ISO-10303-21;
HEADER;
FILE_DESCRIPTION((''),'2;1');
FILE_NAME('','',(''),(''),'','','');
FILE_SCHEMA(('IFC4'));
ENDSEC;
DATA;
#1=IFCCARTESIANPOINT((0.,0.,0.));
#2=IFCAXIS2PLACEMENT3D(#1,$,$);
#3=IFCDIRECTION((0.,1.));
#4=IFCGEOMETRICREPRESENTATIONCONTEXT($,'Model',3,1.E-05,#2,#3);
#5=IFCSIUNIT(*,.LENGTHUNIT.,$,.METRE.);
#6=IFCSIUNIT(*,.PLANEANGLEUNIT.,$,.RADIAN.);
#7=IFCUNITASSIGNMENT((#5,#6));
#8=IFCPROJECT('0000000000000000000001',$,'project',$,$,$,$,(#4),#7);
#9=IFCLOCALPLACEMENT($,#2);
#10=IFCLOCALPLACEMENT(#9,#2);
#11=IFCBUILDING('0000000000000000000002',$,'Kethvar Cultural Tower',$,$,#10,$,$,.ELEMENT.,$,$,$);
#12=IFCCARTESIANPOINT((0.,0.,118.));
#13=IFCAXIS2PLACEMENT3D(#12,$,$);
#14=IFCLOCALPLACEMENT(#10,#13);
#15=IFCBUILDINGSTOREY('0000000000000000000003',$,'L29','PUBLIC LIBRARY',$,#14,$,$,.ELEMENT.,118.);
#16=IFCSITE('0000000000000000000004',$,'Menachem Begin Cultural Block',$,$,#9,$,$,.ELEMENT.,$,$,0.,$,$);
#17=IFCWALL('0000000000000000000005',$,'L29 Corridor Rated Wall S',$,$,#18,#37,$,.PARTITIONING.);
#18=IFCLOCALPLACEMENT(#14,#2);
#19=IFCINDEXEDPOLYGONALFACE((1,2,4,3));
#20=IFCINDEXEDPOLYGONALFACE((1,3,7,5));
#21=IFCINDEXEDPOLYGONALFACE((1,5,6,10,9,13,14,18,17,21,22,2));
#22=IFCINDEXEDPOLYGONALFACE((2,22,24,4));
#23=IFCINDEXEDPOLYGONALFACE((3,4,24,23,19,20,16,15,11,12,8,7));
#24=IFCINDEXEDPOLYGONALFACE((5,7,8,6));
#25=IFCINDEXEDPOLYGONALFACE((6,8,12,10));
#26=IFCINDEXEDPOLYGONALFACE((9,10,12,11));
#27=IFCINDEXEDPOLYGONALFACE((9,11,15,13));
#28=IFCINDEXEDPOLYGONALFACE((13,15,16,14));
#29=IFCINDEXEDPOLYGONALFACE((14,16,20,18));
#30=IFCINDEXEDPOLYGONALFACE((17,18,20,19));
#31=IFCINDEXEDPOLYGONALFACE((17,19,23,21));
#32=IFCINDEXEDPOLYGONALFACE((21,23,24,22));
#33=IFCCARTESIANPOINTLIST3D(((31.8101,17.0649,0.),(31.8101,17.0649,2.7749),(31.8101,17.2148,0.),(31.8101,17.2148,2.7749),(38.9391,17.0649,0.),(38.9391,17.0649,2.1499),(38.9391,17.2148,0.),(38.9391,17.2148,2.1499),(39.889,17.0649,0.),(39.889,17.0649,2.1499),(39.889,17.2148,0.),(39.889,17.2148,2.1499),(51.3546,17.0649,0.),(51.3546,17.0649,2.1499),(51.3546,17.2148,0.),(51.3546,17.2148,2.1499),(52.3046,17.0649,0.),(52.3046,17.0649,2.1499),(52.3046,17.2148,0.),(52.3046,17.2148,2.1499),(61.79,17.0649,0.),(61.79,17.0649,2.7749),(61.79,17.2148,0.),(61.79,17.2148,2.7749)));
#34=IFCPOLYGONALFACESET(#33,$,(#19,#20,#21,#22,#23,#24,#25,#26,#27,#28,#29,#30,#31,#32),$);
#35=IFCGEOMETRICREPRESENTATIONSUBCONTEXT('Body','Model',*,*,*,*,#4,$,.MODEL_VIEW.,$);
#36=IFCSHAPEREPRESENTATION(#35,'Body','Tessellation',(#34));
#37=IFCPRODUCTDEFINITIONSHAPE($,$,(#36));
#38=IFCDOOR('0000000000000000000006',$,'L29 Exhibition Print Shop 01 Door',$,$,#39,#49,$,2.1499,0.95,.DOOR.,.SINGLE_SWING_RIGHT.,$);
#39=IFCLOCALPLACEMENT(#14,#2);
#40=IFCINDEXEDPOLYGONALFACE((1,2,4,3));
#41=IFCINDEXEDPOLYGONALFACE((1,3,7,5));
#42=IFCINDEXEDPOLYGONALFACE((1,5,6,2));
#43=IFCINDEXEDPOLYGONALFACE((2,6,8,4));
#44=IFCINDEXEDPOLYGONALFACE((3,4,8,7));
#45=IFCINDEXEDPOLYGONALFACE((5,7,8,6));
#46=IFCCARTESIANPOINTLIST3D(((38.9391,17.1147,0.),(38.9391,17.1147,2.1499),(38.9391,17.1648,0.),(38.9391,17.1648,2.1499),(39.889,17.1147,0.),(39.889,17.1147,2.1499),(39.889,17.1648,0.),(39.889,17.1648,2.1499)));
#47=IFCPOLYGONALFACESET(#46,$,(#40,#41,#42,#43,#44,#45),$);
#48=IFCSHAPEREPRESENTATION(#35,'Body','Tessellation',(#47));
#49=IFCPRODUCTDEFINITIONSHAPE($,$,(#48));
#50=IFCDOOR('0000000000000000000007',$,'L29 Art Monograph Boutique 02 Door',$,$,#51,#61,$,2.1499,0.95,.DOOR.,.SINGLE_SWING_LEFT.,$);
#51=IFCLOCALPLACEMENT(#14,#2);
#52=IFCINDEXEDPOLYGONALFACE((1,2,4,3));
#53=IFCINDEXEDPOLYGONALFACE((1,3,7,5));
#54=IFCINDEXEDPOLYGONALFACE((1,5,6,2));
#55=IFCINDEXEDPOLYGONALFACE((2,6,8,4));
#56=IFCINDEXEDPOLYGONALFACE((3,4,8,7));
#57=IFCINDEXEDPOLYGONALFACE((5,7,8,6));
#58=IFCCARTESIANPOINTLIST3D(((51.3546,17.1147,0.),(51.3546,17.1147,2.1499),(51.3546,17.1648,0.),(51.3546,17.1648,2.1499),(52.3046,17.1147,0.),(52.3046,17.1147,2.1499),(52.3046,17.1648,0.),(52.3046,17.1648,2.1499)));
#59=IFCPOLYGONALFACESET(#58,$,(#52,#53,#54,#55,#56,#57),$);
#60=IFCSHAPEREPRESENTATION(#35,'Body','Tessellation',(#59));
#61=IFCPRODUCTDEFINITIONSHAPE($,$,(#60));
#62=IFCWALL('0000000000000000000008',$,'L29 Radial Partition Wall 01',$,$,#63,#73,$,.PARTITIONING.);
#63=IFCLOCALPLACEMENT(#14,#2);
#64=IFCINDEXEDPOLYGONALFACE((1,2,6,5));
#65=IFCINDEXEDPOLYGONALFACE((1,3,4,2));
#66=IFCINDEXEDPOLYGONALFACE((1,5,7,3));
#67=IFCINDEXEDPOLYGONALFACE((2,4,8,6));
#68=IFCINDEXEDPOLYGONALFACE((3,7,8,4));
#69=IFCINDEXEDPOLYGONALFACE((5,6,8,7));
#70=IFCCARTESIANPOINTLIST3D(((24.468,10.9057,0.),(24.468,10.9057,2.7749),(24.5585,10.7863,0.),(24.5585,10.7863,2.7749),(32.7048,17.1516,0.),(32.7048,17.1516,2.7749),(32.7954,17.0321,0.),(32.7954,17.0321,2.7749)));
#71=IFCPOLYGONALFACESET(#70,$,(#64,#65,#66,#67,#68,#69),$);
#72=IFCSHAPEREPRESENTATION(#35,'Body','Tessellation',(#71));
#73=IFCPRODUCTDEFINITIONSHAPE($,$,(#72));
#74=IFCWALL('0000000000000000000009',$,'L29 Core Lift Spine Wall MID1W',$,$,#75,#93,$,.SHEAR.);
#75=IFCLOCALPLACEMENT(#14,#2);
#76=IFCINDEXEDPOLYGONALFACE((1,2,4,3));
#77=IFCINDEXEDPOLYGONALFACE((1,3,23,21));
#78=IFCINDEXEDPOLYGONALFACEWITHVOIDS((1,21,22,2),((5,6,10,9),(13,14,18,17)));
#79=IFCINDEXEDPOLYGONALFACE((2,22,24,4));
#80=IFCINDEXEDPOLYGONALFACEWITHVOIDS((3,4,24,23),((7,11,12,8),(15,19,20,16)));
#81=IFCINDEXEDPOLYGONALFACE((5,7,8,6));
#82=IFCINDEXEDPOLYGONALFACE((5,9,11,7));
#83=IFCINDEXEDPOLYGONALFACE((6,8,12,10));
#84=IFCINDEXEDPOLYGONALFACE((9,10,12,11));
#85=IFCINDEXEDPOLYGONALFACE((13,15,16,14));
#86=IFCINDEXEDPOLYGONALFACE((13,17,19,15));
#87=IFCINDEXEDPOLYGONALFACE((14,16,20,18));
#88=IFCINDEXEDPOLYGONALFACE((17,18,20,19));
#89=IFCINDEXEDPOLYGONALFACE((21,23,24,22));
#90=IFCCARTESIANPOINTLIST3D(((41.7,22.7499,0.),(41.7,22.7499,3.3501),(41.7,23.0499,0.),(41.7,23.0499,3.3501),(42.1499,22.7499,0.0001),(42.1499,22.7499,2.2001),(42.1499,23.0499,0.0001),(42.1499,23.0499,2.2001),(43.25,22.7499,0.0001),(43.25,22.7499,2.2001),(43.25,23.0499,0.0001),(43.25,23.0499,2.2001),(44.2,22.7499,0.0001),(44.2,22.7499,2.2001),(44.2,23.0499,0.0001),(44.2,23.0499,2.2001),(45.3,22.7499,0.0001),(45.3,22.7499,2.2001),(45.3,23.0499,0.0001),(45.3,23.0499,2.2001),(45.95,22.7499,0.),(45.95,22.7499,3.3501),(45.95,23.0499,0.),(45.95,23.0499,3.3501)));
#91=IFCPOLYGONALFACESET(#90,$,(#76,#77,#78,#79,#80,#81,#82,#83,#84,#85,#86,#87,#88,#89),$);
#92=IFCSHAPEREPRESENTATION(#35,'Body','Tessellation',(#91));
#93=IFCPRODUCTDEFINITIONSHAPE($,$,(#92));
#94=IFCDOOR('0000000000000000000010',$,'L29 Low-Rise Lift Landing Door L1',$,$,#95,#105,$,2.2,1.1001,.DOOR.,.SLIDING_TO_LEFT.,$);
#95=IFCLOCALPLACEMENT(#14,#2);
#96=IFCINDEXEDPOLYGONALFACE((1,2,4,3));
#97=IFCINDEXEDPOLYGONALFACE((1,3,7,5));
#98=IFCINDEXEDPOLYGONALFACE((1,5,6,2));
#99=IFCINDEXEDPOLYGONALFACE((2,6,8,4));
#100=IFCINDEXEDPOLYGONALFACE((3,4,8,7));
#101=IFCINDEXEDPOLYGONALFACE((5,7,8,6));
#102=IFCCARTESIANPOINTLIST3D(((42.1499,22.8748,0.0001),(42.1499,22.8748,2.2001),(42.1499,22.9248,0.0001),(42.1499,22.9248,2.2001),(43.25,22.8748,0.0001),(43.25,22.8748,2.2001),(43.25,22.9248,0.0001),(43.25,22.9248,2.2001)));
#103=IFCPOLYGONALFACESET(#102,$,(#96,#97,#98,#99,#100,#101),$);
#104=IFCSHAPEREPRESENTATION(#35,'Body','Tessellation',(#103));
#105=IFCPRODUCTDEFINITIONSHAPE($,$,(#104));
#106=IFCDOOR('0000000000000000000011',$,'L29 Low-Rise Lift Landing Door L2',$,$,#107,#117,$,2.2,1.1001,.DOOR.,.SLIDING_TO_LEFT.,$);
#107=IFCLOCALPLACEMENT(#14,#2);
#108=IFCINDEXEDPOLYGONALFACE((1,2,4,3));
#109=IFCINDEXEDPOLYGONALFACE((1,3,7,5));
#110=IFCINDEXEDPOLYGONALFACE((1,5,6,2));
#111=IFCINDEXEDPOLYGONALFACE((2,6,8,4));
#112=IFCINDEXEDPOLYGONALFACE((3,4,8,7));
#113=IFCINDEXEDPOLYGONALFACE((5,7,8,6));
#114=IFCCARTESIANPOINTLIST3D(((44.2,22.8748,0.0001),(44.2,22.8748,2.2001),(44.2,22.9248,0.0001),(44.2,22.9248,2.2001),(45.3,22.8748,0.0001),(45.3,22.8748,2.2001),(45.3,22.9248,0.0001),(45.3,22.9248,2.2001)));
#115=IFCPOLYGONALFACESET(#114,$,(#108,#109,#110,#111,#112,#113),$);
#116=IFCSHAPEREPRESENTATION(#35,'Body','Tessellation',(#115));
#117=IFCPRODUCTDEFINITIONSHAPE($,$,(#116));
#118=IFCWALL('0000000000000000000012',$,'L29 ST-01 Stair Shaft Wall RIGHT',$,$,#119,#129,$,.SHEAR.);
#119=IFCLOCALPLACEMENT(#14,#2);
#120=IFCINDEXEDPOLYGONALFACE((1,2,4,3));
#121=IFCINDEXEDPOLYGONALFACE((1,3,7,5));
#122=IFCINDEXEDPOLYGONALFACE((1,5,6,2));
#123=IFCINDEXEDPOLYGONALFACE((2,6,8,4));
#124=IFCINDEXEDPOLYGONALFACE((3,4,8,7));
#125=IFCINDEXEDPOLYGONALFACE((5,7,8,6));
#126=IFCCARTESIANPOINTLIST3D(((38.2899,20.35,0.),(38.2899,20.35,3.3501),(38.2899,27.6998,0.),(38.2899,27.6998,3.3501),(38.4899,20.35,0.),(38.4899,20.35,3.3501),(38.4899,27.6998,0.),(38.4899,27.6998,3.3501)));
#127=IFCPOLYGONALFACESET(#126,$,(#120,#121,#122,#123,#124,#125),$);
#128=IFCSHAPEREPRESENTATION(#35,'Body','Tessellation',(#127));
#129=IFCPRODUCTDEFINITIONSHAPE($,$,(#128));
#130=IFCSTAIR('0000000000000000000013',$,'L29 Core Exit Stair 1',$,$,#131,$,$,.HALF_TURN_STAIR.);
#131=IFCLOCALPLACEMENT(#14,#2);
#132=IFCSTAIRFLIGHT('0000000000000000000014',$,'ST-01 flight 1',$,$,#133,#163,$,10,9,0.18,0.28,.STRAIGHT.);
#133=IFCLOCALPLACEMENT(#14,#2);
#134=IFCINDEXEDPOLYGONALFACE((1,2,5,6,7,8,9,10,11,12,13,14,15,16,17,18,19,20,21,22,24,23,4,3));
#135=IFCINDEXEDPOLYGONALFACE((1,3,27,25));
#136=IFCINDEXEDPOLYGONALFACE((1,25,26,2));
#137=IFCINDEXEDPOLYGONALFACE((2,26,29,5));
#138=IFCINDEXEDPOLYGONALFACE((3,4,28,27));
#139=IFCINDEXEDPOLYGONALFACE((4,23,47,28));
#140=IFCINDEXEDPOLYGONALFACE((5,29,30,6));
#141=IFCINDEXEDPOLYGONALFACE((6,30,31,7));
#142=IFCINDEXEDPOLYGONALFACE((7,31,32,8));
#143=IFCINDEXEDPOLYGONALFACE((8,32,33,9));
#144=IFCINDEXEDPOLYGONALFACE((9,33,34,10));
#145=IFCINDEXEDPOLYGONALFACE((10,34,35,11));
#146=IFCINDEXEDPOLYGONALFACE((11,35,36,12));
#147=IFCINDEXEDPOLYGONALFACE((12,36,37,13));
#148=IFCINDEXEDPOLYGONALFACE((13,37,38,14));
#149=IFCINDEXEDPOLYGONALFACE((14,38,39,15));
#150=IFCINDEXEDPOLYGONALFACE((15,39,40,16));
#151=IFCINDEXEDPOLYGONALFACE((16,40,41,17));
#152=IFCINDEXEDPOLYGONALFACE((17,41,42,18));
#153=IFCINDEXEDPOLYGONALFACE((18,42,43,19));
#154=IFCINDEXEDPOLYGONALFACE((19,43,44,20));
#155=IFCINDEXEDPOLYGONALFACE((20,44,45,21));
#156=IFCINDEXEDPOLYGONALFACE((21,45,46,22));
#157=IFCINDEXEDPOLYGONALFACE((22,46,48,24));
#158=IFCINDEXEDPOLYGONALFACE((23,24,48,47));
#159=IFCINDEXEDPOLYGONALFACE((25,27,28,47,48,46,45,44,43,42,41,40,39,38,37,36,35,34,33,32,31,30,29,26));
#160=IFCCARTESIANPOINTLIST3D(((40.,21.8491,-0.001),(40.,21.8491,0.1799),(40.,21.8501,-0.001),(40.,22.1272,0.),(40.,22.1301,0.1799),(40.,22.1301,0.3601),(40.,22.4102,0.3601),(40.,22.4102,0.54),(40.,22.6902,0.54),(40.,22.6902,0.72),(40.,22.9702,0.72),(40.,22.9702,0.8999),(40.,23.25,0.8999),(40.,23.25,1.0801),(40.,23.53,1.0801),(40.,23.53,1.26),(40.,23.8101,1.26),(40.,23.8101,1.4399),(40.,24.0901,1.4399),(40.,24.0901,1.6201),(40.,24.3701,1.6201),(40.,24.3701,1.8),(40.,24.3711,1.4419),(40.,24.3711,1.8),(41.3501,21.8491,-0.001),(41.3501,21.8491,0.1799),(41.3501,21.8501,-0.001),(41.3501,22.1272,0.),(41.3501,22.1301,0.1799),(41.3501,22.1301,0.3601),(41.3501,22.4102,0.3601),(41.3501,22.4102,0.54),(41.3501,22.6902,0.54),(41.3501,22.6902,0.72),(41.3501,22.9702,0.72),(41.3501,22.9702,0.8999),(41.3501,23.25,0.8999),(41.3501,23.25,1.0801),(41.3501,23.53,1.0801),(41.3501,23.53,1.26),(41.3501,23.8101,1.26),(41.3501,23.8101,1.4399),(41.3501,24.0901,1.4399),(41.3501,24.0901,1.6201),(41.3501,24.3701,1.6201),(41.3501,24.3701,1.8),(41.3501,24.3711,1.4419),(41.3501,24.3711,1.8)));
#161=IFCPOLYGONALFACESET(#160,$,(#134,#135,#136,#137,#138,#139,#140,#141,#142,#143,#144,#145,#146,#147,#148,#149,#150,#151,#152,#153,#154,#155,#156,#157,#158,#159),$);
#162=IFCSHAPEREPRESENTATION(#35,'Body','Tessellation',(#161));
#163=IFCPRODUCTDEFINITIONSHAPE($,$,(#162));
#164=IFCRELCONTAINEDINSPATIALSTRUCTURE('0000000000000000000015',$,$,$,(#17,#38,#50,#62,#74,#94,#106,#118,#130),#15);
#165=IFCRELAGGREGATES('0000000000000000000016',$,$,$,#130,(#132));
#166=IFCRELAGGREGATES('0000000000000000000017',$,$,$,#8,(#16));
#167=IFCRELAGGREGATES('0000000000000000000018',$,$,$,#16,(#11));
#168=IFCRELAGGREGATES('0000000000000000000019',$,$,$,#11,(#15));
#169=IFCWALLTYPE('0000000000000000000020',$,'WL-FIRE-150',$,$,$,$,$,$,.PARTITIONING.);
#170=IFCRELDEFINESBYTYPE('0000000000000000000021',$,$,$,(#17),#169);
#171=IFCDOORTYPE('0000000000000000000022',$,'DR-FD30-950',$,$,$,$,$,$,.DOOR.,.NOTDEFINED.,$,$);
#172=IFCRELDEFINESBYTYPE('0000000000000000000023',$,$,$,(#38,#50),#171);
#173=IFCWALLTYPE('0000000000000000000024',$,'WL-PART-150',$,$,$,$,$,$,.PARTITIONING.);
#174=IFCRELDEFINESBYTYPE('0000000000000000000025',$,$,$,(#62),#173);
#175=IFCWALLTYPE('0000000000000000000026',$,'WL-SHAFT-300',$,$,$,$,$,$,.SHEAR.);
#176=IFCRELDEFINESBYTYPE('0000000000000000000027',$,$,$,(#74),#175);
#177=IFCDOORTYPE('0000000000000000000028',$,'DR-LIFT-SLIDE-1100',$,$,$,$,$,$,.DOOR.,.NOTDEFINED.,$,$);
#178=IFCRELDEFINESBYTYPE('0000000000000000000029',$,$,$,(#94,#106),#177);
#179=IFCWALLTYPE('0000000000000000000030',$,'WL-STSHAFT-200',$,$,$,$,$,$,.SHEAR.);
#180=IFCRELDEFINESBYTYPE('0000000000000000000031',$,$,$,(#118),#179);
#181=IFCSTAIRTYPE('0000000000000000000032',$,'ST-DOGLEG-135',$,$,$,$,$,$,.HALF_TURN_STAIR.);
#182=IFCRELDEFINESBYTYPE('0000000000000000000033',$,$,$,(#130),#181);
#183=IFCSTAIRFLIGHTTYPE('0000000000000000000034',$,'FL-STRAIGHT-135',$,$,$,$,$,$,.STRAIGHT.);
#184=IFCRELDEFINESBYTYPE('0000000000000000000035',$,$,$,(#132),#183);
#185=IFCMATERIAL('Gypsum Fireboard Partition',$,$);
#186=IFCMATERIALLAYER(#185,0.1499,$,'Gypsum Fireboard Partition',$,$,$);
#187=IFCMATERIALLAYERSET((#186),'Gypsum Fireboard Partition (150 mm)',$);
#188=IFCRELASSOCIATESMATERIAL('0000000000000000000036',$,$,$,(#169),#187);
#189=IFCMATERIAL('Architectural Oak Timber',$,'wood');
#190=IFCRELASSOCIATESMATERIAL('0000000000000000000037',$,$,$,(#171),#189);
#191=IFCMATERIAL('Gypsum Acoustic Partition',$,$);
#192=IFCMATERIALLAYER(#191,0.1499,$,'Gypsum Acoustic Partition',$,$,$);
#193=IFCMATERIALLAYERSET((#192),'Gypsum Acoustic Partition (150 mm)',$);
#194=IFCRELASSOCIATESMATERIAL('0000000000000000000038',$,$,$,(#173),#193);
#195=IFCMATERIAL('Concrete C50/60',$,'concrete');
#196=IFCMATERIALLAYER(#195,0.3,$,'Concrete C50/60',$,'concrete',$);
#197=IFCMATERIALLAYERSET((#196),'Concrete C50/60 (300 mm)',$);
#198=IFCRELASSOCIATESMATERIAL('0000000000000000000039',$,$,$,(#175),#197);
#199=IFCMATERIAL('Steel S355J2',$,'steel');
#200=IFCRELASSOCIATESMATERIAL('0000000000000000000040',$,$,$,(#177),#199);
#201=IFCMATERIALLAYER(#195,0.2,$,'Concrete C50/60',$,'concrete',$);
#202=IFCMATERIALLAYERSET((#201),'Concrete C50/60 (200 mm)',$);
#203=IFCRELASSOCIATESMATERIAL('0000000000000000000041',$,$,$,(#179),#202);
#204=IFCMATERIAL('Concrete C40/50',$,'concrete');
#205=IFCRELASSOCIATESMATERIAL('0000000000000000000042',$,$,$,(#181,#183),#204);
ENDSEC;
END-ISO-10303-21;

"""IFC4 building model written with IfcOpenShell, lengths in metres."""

from ifc_helpers import new_model, si_unit, direction, frame, frame_2d, origin, place, context, subcontext, project, spatial, polyline, rectangle, outline, extrude, source, transform, mapped, material, layer, layer_set, type_object, element, fill, aggregate, save


model = new_model("IFC4")

# Units and contexts
model_context = context("Model", 3, precision=1e-05, world=origin(), true_north=direction((0.0, 1.0)))
body_context = subcontext(model_context, "Body", "Model", "MODEL_VIEW")
ifc_project = project(units=[si_unit("LENGTHUNIT", "METRE"), si_unit("PLANEANGLEUNIT", "RADIAN")], contexts=[model_context])

# Site, building, storey
site_placement = place(None, origin())
site = spatial("IfcSite", under=ifc_project, at=site_placement, Name="Menachem Begin Cultural Block", CompositionType="ELEMENT", RefElevation=0.0)
building_placement = place(site_placement, origin())
building = spatial("IfcBuilding", under=site, at=building_placement, Name="Kethvar Cultural Tower", CompositionType="ELEMENT")
storey_placement = place(building_placement, frame((0.0, 0.0, 118.0)))
storey = spatial("IfcBuildingStorey", under=building, at=storey_placement, Name="L29", Description="PUBLIC LIBRARY", CompositionType="ELEMENT", Elevation=118.0)

# Shared definitions
ifc_material_1 = material(Name="Steel S355J2", Category="steel")

# Shared definitions
ifc_material_2 = material(Name="Gypsum Fireboard Partition")
ifc_layer_1 = layer(ifc_material_2, 0.1499, Name="Gypsum Fireboard Partition")
ifc_layer_set_1 = layer_set([ifc_layer_1], Name="Gypsum Fireboard Partition (150 mm)")
wall_type_1 = type_object("IfcWallType", Name="WL-FIRE-150", PredefinedType="PARTITIONING", material=ifc_layer_set_1)

# Wall, openings, doors
wall_1_placement = place(storey_placement, frame((31.8101, 17.1399, 0.0), z_axis=(0.0, 0.0, 1.0), x_axis=(1.0, 0.0, 0.0)))
wall_1 = element("IfcWall", 1, at=wall_1_placement, inside=storey, type_object=wall_type_1, Name="L29 Corridor Rated Wall S", PredefinedType="PARTITIONING", context=body_context, shape_type="SweptSolid", body=[
    extrude(rectangle(XDim=29.98, YDim=0.1499, at=frame_2d((14.99, 0.0))), origin(), (0.0, 0.0, 1.0), 2.7749),
])
opening_1_placement = place(wall_1_placement, frame((7.1289, 0.0, 0.0)))
opening_1 = element("IfcOpeningElement", 2, at=opening_1_placement, cuts=wall_1, PredefinedType="OPENING", context=body_context, shape_type="SweptSolid", body=[
    extrude(rectangle(XDim=0.95, YDim=2.1499, at=frame_2d((0.4751, 1.075))), frame((0.0, 0.085, 0.0), z_axis=(0.0, -1.0, 0.0), x_axis=(1.0, 0.0, 0.0)), (0.0, 0.0, 1.0), 0.1699),
])
opening_2_placement = place(wall_1_placement, frame((19.5444, 0.0, 0.0)))
opening_2 = element("IfcOpeningElement", 3, at=opening_2_placement, cuts=wall_1, PredefinedType="OPENING", context=body_context, shape_type="SweptSolid", body=[
    extrude(rectangle(XDim=0.95, YDim=2.1499, at=frame_2d((0.4751, 1.075))), frame((0.0, 0.085, 0.0), z_axis=(0.0, -1.0, 0.0), x_axis=(1.0, 0.0, 0.0)), (0.0, 0.0, 1.0), 0.1699),
])
ifc_material_3 = material(Name="Architectural Oak Timber", Category="wood")
door_type_1 = type_object("IfcDoorType", Name="DR-FD30-950", OperationType="NOTDEFINED", PredefinedType="DOOR", material=ifc_material_3)
shared_shape_1 = source(origin(), body_context, "Body", "SweptSolid", [
    extrude(rectangle(XDim=0.95, YDim=2.1499, at=frame_2d((0.4751, 1.075))), frame((0.0, 0.0249, 0.0), z_axis=(0.0, -1.0, 0.0), x_axis=(1.0, 0.0, 0.0)), (0.0, 0.0, 1.0), 0.05),
])
door_1_placement = place(opening_1_placement, origin())
door_1 = element("IfcDoor", 4, at=door_1_placement, inside=storey, type_object=door_type_1, Name="L29 Exhibition Print Shop 01 Door", OperationType="SINGLE_SWING_RIGHT", OverallHeight=2.1499, OverallWidth=0.95, PredefinedType="DOOR", context=body_context, shape_type="MappedRepresentation", body=[
    mapped(shared_shape_1, transform((0.0, 0.0, 0.0), scale=1.0)),
])
fill(opening_1, door_1)
door_2_placement = place(opening_2_placement, origin())
door_2 = element("IfcDoor", 5, at=door_2_placement, inside=storey, type_object=door_type_1, Name="L29 Art Monograph Boutique 02 Door", OperationType="SINGLE_SWING_LEFT", OverallHeight=2.1499, OverallWidth=0.95, PredefinedType="DOOR", context=body_context, shape_type="MappedRepresentation", body=[
    mapped(shared_shape_1, transform((0.0, 0.0, 0.0), scale=1.0)),
])
fill(opening_2, door_2)

# Wall
ifc_material_4 = material(Name="Gypsum Acoustic Partition")
ifc_layer_2 = layer(ifc_material_4, 0.1499, Name="Gypsum Acoustic Partition")
ifc_layer_set_2 = layer_set([ifc_layer_2], Name="Gypsum Acoustic Partition (150 mm)")
wall_type_2 = type_object("IfcWallType", Name="WL-PART-150", PredefinedType="PARTITIONING", material=ifc_layer_set_2)
wall_2_placement = place(storey_placement, frame((32.75, 17.0918, 0.0), z_axis=(0.0, 0.0, 1.0), x_axis=(-0.79682, -0.604216, 0.0)))
element("IfcWall", 6, at=wall_2_placement, inside=storey, type_object=wall_type_2, Name="L29 Radial Partition Wall 01", PredefinedType="PARTITIONING", context=body_context, shape_type="SweptSolid", body=[
    extrude(rectangle(XDim=10.3372, YDim=0.1499, at=frame_2d((5.1685, 0.0))), origin(), (0.0, 0.0, 1.0), 2.7749),
])

# Wall, openings, doors
ifc_material_5 = material(Name="Concrete C50/60", Category="concrete")
ifc_layer_3 = layer(ifc_material_5, 0.3, Name="Concrete C50/60", Category="concrete")
ifc_layer_set_3 = layer_set([ifc_layer_3], Name="Concrete C50/60 (300 mm)")
wall_type_3 = type_object("IfcWallType", Name="WL-SHAFT-300", PredefinedType="SHEAR", material=ifc_layer_set_3)
wall_3_placement = place(storey_placement, frame((41.7, 22.8999, 0.0), z_axis=(0.0, 0.0, 1.0), x_axis=(1.0, 0.0, 0.0)))
wall_3 = element("IfcWall", 7, at=wall_3_placement, inside=storey, type_object=wall_type_3, Name="L29 Core Lift Spine Wall MID1W", PredefinedType="SHEAR", context=body_context, shape_type="SweptSolid", body=[
    extrude(rectangle(XDim=4.25, YDim=0.3, at=frame_2d((2.125, 0.0))), origin(), (0.0, 0.0, 1.0), 3.3501),
])
opening_3_placement = place(wall_3_placement, frame((0.45, 0.0, 0.0)))
opening_3 = element("IfcOpeningElement", 8, at=opening_3_placement, cuts=wall_3, PredefinedType="OPENING", context=body_context, shape_type="SweptSolid", body=[
    extrude(rectangle(XDim=1.1001, YDim=2.2, at=frame_2d((0.55, 1.1001))), frame((0.0, 0.1599, 0.0), z_axis=(0.0, -1.0, 0.0), x_axis=(1.0, 0.0, 0.0)), (0.0, 0.0, 1.0), 0.3201),
])
opening_4_placement = place(wall_3_placement, frame((2.5, 0.0, 0.0)))
opening_4 = element("IfcOpeningElement", 9, at=opening_4_placement, cuts=wall_3, PredefinedType="OPENING", context=body_context, shape_type="SweptSolid", body=[
    extrude(rectangle(XDim=1.1001, YDim=2.2, at=frame_2d((0.55, 1.1001))), frame((0.0, 0.1599, 0.0), z_axis=(0.0, -1.0, 0.0), x_axis=(1.0, 0.0, 0.0)), (0.0, 0.0, 1.0), 0.3201),
])
door_type_2 = type_object("IfcDoorType", Name="DR-LIFT-SLIDE-1100", OperationType="NOTDEFINED", PredefinedType="DOOR", material=ifc_material_1)
shared_shape_2 = source(origin(), body_context, "Body", "SweptSolid", [
    extrude(rectangle(XDim=1.1001, YDim=2.2, at=frame_2d((0.55, 1.1001))), frame((0.0, 0.0249, 0.0), z_axis=(0.0, -1.0, 0.0), x_axis=(1.0, 0.0, 0.0)), (0.0, 0.0, 1.0), 0.05),
])
door_3_placement = place(opening_3_placement, origin())
door_3 = element("IfcDoor", 10, at=door_3_placement, inside=storey, type_object=door_type_2, Name="L29 Low-Rise Lift Landing Door L1", OperationType="SLIDING_TO_LEFT", OverallHeight=2.2, OverallWidth=1.1001, PredefinedType="DOOR", context=body_context, shape_type="MappedRepresentation", body=[
    mapped(shared_shape_2, transform((0.0, 0.0, 0.0), scale=1.0)),
])
fill(opening_3, door_3)
door_4_placement = place(opening_4_placement, origin())
door_4 = element("IfcDoor", 11, at=door_4_placement, inside=storey, type_object=door_type_2, Name="L29 Low-Rise Lift Landing Door L2", OperationType="SLIDING_TO_LEFT", OverallHeight=2.2, OverallWidth=1.1001, PredefinedType="DOOR", context=body_context, shape_type="MappedRepresentation", body=[
    mapped(shared_shape_2, transform((0.0, 0.0, 0.0), scale=1.0)),
])
fill(opening_4, door_4)

# Wall
ifc_layer_4 = layer(ifc_material_5, 0.2, Name="Concrete C50/60", Category="concrete")
ifc_layer_set_4 = layer_set([ifc_layer_4], Name="Concrete C50/60 (200 mm)")
wall_type_4 = type_object("IfcWallType", Name="WL-STSHAFT-200", PredefinedType="SHEAR", material=ifc_layer_set_4)
wall_4_placement = place(storey_placement, frame((38.3899, 20.3501, 0.0), z_axis=(0.0, 0.0, 1.0), x_axis=(0.0, 1.0, 0.0)))
element("IfcWall", 12, at=wall_4_placement, inside=storey, type_object=wall_type_4, Name="L29 ST-01 Stair Shaft Wall RIGHT", PredefinedType="SHEAR", context=body_context, shape_type="SweptSolid", body=[
    extrude(rectangle(XDim=7.3499, YDim=0.2, at=frame_2d((3.6748, 0.0))), origin(), (0.0, 0.0, 1.0), 3.3501),
])

# Stair, stair flight
ifc_material_6 = material(Name="Concrete C40/50", Category="concrete")
stair_type = type_object("IfcStairType", Name="ST-DOGLEG-135", PredefinedType="HALF_TURN_STAIR", material=ifc_material_6)
stair_placement = place(storey_placement, origin())
stair = element("IfcStair", 13, at=stair_placement, inside=storey, type_object=stair_type, Name="L29 Core Exit Stair 1", PredefinedType="HALF_TURN_STAIR")
stair_flight_type = type_object("IfcStairFlightType", Name="FL-STRAIGHT-135", PredefinedType="STRAIGHT", material=ifc_material_6)
stair_flight_placement = place(storey_placement, frame((40.675, 21.8501, 0.0), z_axis=(0.0, 0.0, 1.0), x_axis=(0.0, 1.0, 0.0)))
stair_flight = element("IfcStairFlight", 14, at=stair_flight_placement, type_object=stair_flight_type, Name="ST-01 flight 1", NumberOfRisers=10, NumberOfTreads=9, PredefinedType="STRAIGHT", RiserHeight=0.18, TreadLength=0.28, context=body_context, shape_type="SweptSolid", body=[
    extrude(outline(polyline([(-0.001, -0.001), (-0.001, 0.1799), (0.28, 0.1799), (0.28, 0.3601), (0.5601, 0.3601), (0.5601, 0.54), (0.8401, 0.54), (0.8401, 0.72), (1.1201, 0.72), (1.1201, 0.8999), (1.3999, 0.8999), (1.3999, 1.0801), (1.6799, 1.0801), (1.6799, 1.26), (1.96, 1.26), (1.96, 1.4399), (2.24, 1.4399), (2.24, 1.6201), (2.52, 1.6201), (2.52, 1.8), (2.521, 1.8), (2.521, 1.4419), (0.2771, 0.0), (0.0, -0.001), (-0.001, -0.001)])), frame((0.0, 0.675, 0.0), z_axis=(0.0, -1.0, 0.0), x_axis=(1.0, 0.0, 0.0)), (0.0, 0.0, 1.0), 1.3501),
])
aggregate(stair, [stair_flight])

save(model, "model.ifc")
